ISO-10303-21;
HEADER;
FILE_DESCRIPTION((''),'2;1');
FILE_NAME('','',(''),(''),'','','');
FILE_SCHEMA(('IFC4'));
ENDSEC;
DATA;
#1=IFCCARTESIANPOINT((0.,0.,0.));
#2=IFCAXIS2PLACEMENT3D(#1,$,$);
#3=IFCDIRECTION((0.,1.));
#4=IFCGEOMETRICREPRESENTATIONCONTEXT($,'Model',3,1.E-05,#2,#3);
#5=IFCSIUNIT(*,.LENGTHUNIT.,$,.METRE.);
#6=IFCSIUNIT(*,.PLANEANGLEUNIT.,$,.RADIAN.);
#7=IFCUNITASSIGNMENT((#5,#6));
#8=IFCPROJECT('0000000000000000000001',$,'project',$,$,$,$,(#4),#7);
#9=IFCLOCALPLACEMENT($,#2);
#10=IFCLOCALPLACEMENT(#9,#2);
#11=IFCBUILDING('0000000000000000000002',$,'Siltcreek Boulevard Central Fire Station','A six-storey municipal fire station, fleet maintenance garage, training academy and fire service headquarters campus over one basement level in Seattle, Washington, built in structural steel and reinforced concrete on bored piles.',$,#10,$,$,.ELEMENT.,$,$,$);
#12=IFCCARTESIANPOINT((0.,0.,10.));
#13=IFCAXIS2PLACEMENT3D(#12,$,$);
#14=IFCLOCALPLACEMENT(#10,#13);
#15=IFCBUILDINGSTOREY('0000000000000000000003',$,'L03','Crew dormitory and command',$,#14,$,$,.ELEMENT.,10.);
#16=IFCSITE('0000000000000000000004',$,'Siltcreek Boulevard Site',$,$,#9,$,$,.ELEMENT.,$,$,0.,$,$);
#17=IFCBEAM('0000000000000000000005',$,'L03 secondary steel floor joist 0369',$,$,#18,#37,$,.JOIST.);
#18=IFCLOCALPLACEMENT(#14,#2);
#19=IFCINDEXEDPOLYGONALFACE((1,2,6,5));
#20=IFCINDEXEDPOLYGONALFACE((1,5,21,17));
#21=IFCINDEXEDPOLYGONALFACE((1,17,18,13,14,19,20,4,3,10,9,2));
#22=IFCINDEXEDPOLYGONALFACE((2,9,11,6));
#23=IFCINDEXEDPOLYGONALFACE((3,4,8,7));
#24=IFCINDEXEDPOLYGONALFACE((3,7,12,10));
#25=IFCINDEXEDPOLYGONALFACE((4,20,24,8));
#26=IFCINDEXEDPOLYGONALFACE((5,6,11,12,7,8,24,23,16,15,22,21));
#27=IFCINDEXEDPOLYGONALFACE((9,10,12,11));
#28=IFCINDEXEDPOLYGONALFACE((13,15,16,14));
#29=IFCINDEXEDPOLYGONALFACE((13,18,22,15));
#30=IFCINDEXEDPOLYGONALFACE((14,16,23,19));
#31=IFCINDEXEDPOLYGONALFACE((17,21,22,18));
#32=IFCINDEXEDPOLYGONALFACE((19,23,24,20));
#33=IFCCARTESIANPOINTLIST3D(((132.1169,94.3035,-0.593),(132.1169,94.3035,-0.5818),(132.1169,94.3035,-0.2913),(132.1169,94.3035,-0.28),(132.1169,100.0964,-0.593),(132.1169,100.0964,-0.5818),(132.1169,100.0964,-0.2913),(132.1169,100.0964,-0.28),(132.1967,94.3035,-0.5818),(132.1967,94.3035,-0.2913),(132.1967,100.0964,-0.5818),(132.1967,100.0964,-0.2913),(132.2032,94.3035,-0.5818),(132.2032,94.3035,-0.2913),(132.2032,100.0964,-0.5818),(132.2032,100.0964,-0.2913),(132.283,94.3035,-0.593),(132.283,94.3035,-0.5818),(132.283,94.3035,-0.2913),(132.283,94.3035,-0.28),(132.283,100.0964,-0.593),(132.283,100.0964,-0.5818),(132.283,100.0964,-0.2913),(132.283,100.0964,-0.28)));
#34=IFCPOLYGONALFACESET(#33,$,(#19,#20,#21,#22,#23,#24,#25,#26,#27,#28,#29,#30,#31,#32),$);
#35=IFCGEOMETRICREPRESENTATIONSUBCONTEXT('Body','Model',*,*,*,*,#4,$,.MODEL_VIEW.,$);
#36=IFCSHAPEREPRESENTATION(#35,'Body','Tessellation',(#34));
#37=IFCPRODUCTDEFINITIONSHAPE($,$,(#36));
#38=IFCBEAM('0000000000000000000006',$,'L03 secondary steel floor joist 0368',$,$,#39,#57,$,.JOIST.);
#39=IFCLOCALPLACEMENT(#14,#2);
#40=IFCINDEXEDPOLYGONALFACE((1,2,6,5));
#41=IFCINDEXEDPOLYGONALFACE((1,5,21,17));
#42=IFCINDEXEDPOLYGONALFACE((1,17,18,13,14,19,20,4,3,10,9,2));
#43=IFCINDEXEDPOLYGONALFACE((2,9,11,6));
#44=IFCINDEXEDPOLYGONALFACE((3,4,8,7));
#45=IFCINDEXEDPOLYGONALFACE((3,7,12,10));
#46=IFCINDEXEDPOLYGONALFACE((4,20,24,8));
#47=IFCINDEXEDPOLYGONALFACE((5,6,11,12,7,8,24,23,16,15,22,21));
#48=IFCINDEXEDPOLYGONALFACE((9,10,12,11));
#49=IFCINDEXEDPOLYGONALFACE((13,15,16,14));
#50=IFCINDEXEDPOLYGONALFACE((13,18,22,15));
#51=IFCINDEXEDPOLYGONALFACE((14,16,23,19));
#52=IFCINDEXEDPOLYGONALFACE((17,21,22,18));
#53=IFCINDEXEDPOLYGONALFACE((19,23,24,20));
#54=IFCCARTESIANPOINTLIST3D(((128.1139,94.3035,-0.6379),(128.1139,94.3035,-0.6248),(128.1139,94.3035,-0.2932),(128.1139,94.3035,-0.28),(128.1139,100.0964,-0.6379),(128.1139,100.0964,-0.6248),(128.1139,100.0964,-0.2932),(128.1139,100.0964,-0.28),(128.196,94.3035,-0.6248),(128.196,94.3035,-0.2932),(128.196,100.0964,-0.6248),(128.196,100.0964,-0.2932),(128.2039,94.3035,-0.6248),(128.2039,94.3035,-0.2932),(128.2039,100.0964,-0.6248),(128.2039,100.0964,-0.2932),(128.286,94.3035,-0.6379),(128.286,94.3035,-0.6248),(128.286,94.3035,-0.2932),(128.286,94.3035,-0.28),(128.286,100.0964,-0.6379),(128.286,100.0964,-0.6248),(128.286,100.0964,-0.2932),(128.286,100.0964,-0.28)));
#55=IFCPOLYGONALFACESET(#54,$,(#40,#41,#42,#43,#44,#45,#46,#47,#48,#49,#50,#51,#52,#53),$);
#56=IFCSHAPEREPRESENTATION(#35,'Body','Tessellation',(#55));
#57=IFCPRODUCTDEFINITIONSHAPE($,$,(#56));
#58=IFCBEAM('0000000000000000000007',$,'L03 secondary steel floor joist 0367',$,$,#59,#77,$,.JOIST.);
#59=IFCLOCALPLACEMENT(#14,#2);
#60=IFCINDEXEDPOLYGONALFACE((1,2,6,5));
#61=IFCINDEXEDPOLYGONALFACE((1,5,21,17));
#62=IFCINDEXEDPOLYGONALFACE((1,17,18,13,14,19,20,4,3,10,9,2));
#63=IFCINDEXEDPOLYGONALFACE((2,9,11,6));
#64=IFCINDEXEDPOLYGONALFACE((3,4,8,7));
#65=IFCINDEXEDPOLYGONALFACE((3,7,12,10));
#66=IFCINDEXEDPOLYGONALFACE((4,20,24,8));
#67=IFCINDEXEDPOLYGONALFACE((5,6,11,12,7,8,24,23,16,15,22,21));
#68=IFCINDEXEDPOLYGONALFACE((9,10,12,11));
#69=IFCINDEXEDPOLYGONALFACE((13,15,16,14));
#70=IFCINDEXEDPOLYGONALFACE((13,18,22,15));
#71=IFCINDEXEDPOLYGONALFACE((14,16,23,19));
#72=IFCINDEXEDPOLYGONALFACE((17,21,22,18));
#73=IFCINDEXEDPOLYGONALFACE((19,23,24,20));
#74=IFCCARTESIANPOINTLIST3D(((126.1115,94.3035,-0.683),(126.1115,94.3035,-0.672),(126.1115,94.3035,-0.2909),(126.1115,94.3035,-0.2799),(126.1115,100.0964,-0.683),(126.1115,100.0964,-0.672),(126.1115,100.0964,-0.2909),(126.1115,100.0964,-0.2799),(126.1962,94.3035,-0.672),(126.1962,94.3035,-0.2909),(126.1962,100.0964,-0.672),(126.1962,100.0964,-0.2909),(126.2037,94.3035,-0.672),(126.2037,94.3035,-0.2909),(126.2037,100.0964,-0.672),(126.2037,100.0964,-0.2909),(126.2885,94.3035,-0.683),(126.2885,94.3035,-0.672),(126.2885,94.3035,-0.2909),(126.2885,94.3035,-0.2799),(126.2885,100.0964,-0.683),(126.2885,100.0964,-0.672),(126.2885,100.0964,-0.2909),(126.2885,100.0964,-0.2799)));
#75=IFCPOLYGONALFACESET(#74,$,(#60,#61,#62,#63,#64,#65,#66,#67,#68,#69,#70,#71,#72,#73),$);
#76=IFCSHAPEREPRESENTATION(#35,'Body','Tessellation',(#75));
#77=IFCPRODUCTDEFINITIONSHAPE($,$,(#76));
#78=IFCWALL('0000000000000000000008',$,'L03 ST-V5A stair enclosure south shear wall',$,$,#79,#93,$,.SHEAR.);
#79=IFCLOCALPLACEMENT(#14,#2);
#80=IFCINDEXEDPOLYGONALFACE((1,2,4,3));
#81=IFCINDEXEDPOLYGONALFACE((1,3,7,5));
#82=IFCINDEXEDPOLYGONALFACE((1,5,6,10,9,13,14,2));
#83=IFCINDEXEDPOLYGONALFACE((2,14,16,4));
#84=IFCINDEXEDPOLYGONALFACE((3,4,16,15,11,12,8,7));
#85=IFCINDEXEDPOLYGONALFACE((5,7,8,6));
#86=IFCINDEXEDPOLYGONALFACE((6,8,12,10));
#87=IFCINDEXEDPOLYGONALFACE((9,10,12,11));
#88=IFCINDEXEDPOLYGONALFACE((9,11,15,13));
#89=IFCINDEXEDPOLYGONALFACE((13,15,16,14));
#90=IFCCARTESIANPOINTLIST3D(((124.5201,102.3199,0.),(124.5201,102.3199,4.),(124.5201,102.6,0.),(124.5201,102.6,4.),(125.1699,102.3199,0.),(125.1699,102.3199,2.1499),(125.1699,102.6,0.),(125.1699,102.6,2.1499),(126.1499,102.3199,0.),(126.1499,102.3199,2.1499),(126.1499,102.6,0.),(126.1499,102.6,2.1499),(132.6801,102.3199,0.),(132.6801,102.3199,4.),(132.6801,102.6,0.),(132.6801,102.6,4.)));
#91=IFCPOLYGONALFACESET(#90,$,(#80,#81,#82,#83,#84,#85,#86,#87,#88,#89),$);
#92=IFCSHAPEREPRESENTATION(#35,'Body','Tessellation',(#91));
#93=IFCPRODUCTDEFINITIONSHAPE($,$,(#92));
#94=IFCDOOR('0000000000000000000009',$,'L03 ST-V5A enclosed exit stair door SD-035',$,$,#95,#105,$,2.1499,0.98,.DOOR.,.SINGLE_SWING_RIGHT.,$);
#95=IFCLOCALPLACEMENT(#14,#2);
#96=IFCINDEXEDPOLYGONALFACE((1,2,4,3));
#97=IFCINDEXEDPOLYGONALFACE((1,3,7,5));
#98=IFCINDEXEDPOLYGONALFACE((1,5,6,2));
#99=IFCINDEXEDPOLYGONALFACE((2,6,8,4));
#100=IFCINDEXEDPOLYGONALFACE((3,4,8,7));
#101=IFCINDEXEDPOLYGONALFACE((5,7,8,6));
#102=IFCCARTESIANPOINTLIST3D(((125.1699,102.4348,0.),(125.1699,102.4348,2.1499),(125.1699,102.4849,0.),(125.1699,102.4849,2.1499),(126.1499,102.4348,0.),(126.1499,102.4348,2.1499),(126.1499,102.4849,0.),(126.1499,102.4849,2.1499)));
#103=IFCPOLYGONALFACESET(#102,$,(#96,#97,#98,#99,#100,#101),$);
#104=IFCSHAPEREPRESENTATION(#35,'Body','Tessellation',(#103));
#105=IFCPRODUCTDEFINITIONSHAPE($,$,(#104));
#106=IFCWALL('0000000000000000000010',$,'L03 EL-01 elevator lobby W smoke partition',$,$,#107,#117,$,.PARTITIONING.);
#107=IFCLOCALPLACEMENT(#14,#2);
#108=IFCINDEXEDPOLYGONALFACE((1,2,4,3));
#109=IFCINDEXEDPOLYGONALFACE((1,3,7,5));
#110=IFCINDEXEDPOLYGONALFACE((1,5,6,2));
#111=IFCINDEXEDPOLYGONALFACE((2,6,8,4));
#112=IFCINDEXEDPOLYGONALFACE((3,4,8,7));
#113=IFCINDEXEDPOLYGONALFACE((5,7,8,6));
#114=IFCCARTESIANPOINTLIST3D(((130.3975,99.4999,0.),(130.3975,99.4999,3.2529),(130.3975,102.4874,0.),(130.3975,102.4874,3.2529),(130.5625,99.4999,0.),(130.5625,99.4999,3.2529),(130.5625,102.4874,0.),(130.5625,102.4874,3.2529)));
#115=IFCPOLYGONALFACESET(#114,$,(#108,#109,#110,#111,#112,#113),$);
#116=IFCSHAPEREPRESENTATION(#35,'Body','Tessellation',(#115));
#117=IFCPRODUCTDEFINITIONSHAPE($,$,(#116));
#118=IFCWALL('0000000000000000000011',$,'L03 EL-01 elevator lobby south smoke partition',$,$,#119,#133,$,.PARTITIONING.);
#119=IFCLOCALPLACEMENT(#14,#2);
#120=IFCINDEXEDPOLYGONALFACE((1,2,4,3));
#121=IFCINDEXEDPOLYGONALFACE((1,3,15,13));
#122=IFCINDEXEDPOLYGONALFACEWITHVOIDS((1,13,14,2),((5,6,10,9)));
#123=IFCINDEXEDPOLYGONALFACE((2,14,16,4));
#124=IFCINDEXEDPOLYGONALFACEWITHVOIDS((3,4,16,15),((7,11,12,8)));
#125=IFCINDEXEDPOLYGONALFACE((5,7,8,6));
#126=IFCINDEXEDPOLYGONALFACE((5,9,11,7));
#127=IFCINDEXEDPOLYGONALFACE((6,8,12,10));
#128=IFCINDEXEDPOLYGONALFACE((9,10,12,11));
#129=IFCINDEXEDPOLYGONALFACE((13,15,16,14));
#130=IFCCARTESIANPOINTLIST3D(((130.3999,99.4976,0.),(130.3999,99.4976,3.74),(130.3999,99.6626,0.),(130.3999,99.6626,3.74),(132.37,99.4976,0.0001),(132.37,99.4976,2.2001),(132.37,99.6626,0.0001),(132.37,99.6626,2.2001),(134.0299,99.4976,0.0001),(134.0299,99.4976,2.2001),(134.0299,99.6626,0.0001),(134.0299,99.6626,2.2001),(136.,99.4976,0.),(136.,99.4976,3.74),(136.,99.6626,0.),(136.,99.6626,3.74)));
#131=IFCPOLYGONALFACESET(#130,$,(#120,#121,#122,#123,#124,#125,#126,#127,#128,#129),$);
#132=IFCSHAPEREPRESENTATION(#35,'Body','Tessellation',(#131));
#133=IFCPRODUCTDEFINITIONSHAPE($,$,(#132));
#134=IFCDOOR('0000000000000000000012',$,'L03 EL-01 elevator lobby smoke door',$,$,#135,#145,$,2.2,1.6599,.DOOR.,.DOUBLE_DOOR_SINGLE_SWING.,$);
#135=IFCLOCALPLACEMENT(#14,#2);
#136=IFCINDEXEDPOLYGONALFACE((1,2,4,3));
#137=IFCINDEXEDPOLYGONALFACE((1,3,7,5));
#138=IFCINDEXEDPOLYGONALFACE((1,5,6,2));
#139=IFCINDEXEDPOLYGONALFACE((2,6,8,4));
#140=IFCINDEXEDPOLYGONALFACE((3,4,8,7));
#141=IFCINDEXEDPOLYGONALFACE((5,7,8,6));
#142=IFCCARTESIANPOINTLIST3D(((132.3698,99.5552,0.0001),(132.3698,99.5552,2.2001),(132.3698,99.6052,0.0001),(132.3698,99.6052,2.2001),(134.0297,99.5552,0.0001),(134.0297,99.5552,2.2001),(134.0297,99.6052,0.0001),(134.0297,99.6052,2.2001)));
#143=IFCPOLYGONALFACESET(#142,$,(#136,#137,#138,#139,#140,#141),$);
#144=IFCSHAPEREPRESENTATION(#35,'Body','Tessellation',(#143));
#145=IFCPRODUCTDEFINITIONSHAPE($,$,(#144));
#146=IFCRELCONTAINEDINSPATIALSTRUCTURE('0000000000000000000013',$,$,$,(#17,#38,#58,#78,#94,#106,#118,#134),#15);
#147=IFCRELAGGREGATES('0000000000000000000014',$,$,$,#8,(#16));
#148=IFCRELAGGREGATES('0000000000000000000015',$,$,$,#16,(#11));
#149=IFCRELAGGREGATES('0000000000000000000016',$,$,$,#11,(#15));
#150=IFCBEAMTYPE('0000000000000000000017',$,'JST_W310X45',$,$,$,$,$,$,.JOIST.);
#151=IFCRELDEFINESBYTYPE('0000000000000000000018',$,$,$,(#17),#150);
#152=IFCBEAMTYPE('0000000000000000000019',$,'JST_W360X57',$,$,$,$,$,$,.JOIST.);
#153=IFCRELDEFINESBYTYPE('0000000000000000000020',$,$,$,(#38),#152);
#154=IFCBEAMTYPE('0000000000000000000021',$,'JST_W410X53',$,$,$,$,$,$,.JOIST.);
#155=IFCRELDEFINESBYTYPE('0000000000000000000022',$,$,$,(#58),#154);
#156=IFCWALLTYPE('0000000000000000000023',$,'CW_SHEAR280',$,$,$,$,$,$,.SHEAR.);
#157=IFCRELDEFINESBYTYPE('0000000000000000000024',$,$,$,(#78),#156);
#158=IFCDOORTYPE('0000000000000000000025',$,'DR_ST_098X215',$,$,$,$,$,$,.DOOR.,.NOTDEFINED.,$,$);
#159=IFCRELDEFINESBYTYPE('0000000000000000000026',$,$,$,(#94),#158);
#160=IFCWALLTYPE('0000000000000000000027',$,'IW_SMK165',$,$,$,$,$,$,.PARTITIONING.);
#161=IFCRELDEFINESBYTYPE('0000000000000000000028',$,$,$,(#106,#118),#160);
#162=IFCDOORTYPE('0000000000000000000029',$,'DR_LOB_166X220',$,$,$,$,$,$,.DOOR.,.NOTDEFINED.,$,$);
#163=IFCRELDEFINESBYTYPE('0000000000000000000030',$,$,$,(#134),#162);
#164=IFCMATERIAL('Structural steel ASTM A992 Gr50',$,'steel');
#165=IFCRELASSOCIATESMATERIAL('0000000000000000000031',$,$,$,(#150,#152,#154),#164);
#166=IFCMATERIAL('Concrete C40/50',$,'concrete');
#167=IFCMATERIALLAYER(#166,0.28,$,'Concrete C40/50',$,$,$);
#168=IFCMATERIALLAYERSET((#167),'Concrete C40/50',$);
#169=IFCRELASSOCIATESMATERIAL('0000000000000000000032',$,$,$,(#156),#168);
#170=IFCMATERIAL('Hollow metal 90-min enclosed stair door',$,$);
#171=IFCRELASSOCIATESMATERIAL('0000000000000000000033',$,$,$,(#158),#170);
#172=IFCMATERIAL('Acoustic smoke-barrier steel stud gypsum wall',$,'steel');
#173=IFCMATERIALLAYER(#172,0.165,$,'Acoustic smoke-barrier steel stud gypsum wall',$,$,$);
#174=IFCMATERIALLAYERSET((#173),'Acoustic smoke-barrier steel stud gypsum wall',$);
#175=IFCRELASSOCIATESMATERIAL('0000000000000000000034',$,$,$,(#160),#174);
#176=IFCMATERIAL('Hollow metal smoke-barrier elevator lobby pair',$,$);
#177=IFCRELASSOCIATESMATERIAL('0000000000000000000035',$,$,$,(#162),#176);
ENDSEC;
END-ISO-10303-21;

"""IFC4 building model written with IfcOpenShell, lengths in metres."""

from ifc_helpers import new_model, si_unit, direction, frame, frame_2d, origin, origin_2d, place, context, subcontext, project, spatial, rectangle, i_section, extrude, material, layer, layer_set, material_profile, profile_set, type_object, element, fill, save


model = new_model("IFC4")

# Units and contexts
model_context = context("Model", 3, precision=1e-05, world=origin(), true_north=direction((0.0, 1.0)))
body_context = subcontext(model_context, "Body", "Model", "MODEL_VIEW")
ifc_project = project(units=[si_unit("LENGTHUNIT", "METRE"), si_unit("PLANEANGLEUNIT", "RADIAN")], contexts=[model_context])

# Site, building, storey
site_placement = place(None, origin())
site = spatial("IfcSite", under=ifc_project, at=site_placement, Name="Siltcreek Boulevard Site", CompositionType="ELEMENT", RefElevation=0.0)
building_placement = place(site_placement, origin())
building = spatial("IfcBuilding", under=site, at=building_placement, Name="Siltcreek Boulevard Central Fire Station", Description="A six-storey municipal fire station, fleet maintenance garage, training academy and fire service headquarters campus over one basement level in Seattle, Washington, built in structural steel and reinforced concrete on bored piles.", CompositionType="ELEMENT")
storey_placement = place(building_placement, frame((0.0, 0.0, 10.0)))
storey = spatial("IfcBuildingStorey", under=building, at=storey_placement, Name="L03", Description="Crew dormitory and command", CompositionType="ELEMENT", Elevation=10.0)

# Shared definitions
ifc_material_1 = material(Name="Structural steel ASTM A992 Gr50", Category="steel")

# Beams
ifc_material_profile_1 = material_profile(ifc_material_1, i_section(OverallWidth=0.166, OverallDepth=0.313, WebThickness=0.0066, FlangeThickness=0.0112, at=origin_2d()), Name="W310X45")
ifc_profile_set_1 = profile_set([ifc_material_profile_1], Name="Structural steel ASTM A992 Gr50")
beam_type_1 = type_object("IfcBeamType", Name="JST_W310X45", PredefinedType="JOIST", material=ifc_profile_set_1)
beam_1_placement = place(storey_placement, frame((132.2, 94.3035, -0.4365), z_axis=(0.0, 1.0, 0.0), x_axis=(-1.0, 0.0, 0.0)))
element("IfcBeam", 1, at=beam_1_placement, inside=storey, type_object=beam_type_1, Name="L03 secondary steel floor joist 0369", PredefinedType="JOIST", context=body_context, shape_type="SweptSolid", body=[
    extrude(i_section(OverallWidth=0.166, OverallDepth=0.313, WebThickness=0.0066, FlangeThickness=0.0112, at=origin_2d()), origin(), (0.0, 0.0, 1.0), 5.793),
])
ifc_material_profile_2 = material_profile(ifc_material_1, i_section(OverallWidth=0.1721, OverallDepth=0.3579, WebThickness=0.0078, FlangeThickness=0.0132, at=origin_2d()), Name="W360X57")
ifc_profile_set_2 = profile_set([ifc_material_profile_2], Name="Structural steel ASTM A992 Gr50")
beam_type_2 = type_object("IfcBeamType", Name="JST_W360X57", PredefinedType="JOIST", material=ifc_profile_set_2)
beam_2_placement = place(storey_placement, frame((128.2, 94.3035, -0.459), z_axis=(0.0, 1.0, 0.0), x_axis=(-1.0, 0.0, 0.0)))
element("IfcBeam", 2, at=beam_2_placement, inside=storey, type_object=beam_type_2, Name="L03 secondary steel floor joist 0368", PredefinedType="JOIST", context=body_context, shape_type="SweptSolid", body=[
    extrude(i_section(OverallWidth=0.1721, OverallDepth=0.3579, WebThickness=0.0078, FlangeThickness=0.0132, at=origin_2d()), origin(), (0.0, 0.0, 1.0), 5.793),
])
ifc_material_profile_3 = material_profile(ifc_material_1, i_section(OverallWidth=0.177, OverallDepth=0.4031, WebThickness=0.0076, FlangeThickness=0.011, at=origin_2d()), Name="W410X53")
ifc_profile_set_3 = profile_set([ifc_material_profile_3], Name="Structural steel ASTM A992 Gr50")
beam_type_3 = type_object("IfcBeamType", Name="JST_W410X53", PredefinedType="JOIST", material=ifc_profile_set_3)
beam_3_placement = place(storey_placement, frame((126.2, 94.3035, -0.4814), z_axis=(0.0, 1.0, 0.0), x_axis=(-1.0, 0.0, 0.0)))
element("IfcBeam", 3, at=beam_3_placement, inside=storey, type_object=beam_type_3, Name="L03 secondary steel floor joist 0367", PredefinedType="JOIST", context=body_context, shape_type="SweptSolid", body=[
    extrude(i_section(OverallWidth=0.177, OverallDepth=0.4031, WebThickness=0.0076, FlangeThickness=0.011, at=origin_2d()), origin(), (0.0, 0.0, 1.0), 5.793),
])

# Wall, opening, door
ifc_material_2 = material(Name="Concrete C40/50", Category="concrete")
ifc_layer_1 = layer(ifc_material_2, 0.28, Name="Concrete C40/50")
ifc_layer_set_1 = layer_set([ifc_layer_1], Name="Concrete C40/50")
wall_type_1 = type_object("IfcWallType", Name="CW_SHEAR280", PredefinedType="SHEAR", material=ifc_layer_set_1)
wall_1_placement = place(storey_placement, frame((124.52, 102.46, 0.0), z_axis=(0.0, 0.0, 1.0), x_axis=(1.0, 0.0, 0.0)))
wall_1 = element("IfcWall", 4, at=wall_1_placement, inside=storey, type_object=wall_type_1, Name="L03 ST-V5A stair enclosure south shear wall", PredefinedType="SHEAR", context=body_context, shape_type="SweptSolid", body=[
    extrude(rectangle(XDim=8.1599, YDim=0.28, at=frame_2d((4.0801, 0.0))), origin(), (0.0, 0.0, 1.0), 4.0),
])
opening_1_placement = place(wall_1_placement, frame((0.6499, 0.0, 0.0)))
opening_1 = element("IfcOpeningElement", 5, at=opening_1_placement, cuts=wall_1, PredefinedType="OPENING", context=body_context, shape_type="SweptSolid", body=[
    extrude(rectangle(XDim=0.98, YDim=2.1499, at=frame_2d((0.49, 1.075))), frame((0.0, 0.1499, 0.0), z_axis=(0.0, -1.0, 0.0), x_axis=(1.0, 0.0, 0.0)), (0.0, 0.0, 1.0), 0.3),
])
ifc_material_3 = material(Name="Hollow metal 90-min enclosed stair door")
door_type_1 = type_object("IfcDoorType", Name="DR_ST_098X215", OperationType="NOTDEFINED", PredefinedType="DOOR", material=ifc_material_3)
door_1_placement = place(opening_1_placement, origin())
door_1 = element("IfcDoor", 6, at=door_1_placement, inside=storey, type_object=door_type_1, Name="L03 ST-V5A enclosed exit stair door SD-035", OperationType="SINGLE_SWING_RIGHT", OverallHeight=2.1499, OverallWidth=0.98, PredefinedType="DOOR", context=body_context, shape_type="SweptSolid", body=[
    extrude(rectangle(XDim=0.98, YDim=2.1499, at=frame_2d((0.49, 1.075))), frame((0.0, 0.0249, 0.0), z_axis=(0.0, -1.0, 0.0), x_axis=(1.0, 0.0, 0.0)), (0.0, 0.0, 1.0), 0.05),
])
fill(opening_1, door_1)

# Wall
ifc_material_4 = material(Name="Acoustic smoke-barrier steel stud gypsum wall", Category="steel")
ifc_layer_2 = layer(ifc_material_4, 0.165, Name="Acoustic smoke-barrier steel stud gypsum wall")
ifc_layer_set_2 = layer_set([ifc_layer_2], Name="Acoustic smoke-barrier steel stud gypsum wall")
wall_type_2 = type_object("IfcWallType", Name="IW_SMK165", PredefinedType="PARTITIONING", material=ifc_layer_set_2)
wall_2_placement = place(storey_placement, frame((130.48, 99.5, 0.0), z_axis=(0.0, 0.0, 1.0), x_axis=(0.0, 1.0, 0.0)))
element("IfcWall", 7, at=wall_2_placement, inside=storey, type_object=wall_type_2, Name="L03 EL-01 elevator lobby W smoke partition", PredefinedType="PARTITIONING", context=body_context, shape_type="SweptSolid", body=[
    extrude(rectangle(XDim=2.9875, YDim=0.165, at=frame_2d((1.4937, 0.0))), origin(), (0.0, 0.0, 1.0), 3.2529),
])

# Wall, opening, door
wall_3_placement = place(storey_placement, frame((130.3999, 99.5801, 0.0), z_axis=(0.0, 0.0, 1.0), x_axis=(1.0, 0.0, 0.0)))
wall_3 = element("IfcWall", 8, at=wall_3_placement, inside=storey, type_object=wall_type_2, Name="L03 EL-01 elevator lobby south smoke partition", PredefinedType="PARTITIONING", context=body_context, shape_type="SweptSolid", body=[
    extrude(rectangle(XDim=5.6001, YDim=0.165, at=frame_2d((2.8, 0.0))), origin(), (0.0, 0.0, 1.0), 3.74),
])
opening_2_placement = place(wall_3_placement, frame((1.97, 0.0, 0.0)))
opening_2 = element("IfcOpeningElement", 9, at=opening_2_placement, cuts=wall_3, PredefinedType="OPENING", context=body_context, shape_type="SweptSolid", body=[
    extrude(rectangle(XDim=1.6599, YDim=2.2, at=frame_2d((0.8301, 1.1001))), frame((0.0, 0.0925, 0.0), z_axis=(0.0, -1.0, 0.0), x_axis=(1.0, 0.0, 0.0)), (0.0, 0.0, 1.0), 0.1851),
])
ifc_material_5 = material(Name="Hollow metal smoke-barrier elevator lobby pair")
door_type_2 = type_object("IfcDoorType", Name="DR_LOB_166X220", OperationType="NOTDEFINED", PredefinedType="DOOR", material=ifc_material_5)
door_2_placement = place(opening_2_placement, frame((1.6599, 0.0, 0.0), z_axis=(0.0, 0.0, 1.0), x_axis=(-1.0, 0.0, 0.0)))
door_2 = element("IfcDoor", 10, at=door_2_placement, inside=storey, type_object=door_type_2, Name="L03 EL-01 elevator lobby smoke door", OperationType="DOUBLE_DOOR_SINGLE_SWING", OverallHeight=2.2, OverallWidth=1.6599, PredefinedType="DOOR", context=body_context, shape_type="SweptSolid", body=[
    extrude(rectangle(XDim=1.6599, YDim=2.2, at=frame_2d((0.8301, 1.1001))), frame((0.0, 0.0249, 0.0), z_axis=(0.0, -1.0, 0.0), x_axis=(1.0, 0.0, 0.0)), (0.0, 0.0, 1.0), 0.05),
])
fill(opening_2, door_2)

save(model, "model.ifc")
